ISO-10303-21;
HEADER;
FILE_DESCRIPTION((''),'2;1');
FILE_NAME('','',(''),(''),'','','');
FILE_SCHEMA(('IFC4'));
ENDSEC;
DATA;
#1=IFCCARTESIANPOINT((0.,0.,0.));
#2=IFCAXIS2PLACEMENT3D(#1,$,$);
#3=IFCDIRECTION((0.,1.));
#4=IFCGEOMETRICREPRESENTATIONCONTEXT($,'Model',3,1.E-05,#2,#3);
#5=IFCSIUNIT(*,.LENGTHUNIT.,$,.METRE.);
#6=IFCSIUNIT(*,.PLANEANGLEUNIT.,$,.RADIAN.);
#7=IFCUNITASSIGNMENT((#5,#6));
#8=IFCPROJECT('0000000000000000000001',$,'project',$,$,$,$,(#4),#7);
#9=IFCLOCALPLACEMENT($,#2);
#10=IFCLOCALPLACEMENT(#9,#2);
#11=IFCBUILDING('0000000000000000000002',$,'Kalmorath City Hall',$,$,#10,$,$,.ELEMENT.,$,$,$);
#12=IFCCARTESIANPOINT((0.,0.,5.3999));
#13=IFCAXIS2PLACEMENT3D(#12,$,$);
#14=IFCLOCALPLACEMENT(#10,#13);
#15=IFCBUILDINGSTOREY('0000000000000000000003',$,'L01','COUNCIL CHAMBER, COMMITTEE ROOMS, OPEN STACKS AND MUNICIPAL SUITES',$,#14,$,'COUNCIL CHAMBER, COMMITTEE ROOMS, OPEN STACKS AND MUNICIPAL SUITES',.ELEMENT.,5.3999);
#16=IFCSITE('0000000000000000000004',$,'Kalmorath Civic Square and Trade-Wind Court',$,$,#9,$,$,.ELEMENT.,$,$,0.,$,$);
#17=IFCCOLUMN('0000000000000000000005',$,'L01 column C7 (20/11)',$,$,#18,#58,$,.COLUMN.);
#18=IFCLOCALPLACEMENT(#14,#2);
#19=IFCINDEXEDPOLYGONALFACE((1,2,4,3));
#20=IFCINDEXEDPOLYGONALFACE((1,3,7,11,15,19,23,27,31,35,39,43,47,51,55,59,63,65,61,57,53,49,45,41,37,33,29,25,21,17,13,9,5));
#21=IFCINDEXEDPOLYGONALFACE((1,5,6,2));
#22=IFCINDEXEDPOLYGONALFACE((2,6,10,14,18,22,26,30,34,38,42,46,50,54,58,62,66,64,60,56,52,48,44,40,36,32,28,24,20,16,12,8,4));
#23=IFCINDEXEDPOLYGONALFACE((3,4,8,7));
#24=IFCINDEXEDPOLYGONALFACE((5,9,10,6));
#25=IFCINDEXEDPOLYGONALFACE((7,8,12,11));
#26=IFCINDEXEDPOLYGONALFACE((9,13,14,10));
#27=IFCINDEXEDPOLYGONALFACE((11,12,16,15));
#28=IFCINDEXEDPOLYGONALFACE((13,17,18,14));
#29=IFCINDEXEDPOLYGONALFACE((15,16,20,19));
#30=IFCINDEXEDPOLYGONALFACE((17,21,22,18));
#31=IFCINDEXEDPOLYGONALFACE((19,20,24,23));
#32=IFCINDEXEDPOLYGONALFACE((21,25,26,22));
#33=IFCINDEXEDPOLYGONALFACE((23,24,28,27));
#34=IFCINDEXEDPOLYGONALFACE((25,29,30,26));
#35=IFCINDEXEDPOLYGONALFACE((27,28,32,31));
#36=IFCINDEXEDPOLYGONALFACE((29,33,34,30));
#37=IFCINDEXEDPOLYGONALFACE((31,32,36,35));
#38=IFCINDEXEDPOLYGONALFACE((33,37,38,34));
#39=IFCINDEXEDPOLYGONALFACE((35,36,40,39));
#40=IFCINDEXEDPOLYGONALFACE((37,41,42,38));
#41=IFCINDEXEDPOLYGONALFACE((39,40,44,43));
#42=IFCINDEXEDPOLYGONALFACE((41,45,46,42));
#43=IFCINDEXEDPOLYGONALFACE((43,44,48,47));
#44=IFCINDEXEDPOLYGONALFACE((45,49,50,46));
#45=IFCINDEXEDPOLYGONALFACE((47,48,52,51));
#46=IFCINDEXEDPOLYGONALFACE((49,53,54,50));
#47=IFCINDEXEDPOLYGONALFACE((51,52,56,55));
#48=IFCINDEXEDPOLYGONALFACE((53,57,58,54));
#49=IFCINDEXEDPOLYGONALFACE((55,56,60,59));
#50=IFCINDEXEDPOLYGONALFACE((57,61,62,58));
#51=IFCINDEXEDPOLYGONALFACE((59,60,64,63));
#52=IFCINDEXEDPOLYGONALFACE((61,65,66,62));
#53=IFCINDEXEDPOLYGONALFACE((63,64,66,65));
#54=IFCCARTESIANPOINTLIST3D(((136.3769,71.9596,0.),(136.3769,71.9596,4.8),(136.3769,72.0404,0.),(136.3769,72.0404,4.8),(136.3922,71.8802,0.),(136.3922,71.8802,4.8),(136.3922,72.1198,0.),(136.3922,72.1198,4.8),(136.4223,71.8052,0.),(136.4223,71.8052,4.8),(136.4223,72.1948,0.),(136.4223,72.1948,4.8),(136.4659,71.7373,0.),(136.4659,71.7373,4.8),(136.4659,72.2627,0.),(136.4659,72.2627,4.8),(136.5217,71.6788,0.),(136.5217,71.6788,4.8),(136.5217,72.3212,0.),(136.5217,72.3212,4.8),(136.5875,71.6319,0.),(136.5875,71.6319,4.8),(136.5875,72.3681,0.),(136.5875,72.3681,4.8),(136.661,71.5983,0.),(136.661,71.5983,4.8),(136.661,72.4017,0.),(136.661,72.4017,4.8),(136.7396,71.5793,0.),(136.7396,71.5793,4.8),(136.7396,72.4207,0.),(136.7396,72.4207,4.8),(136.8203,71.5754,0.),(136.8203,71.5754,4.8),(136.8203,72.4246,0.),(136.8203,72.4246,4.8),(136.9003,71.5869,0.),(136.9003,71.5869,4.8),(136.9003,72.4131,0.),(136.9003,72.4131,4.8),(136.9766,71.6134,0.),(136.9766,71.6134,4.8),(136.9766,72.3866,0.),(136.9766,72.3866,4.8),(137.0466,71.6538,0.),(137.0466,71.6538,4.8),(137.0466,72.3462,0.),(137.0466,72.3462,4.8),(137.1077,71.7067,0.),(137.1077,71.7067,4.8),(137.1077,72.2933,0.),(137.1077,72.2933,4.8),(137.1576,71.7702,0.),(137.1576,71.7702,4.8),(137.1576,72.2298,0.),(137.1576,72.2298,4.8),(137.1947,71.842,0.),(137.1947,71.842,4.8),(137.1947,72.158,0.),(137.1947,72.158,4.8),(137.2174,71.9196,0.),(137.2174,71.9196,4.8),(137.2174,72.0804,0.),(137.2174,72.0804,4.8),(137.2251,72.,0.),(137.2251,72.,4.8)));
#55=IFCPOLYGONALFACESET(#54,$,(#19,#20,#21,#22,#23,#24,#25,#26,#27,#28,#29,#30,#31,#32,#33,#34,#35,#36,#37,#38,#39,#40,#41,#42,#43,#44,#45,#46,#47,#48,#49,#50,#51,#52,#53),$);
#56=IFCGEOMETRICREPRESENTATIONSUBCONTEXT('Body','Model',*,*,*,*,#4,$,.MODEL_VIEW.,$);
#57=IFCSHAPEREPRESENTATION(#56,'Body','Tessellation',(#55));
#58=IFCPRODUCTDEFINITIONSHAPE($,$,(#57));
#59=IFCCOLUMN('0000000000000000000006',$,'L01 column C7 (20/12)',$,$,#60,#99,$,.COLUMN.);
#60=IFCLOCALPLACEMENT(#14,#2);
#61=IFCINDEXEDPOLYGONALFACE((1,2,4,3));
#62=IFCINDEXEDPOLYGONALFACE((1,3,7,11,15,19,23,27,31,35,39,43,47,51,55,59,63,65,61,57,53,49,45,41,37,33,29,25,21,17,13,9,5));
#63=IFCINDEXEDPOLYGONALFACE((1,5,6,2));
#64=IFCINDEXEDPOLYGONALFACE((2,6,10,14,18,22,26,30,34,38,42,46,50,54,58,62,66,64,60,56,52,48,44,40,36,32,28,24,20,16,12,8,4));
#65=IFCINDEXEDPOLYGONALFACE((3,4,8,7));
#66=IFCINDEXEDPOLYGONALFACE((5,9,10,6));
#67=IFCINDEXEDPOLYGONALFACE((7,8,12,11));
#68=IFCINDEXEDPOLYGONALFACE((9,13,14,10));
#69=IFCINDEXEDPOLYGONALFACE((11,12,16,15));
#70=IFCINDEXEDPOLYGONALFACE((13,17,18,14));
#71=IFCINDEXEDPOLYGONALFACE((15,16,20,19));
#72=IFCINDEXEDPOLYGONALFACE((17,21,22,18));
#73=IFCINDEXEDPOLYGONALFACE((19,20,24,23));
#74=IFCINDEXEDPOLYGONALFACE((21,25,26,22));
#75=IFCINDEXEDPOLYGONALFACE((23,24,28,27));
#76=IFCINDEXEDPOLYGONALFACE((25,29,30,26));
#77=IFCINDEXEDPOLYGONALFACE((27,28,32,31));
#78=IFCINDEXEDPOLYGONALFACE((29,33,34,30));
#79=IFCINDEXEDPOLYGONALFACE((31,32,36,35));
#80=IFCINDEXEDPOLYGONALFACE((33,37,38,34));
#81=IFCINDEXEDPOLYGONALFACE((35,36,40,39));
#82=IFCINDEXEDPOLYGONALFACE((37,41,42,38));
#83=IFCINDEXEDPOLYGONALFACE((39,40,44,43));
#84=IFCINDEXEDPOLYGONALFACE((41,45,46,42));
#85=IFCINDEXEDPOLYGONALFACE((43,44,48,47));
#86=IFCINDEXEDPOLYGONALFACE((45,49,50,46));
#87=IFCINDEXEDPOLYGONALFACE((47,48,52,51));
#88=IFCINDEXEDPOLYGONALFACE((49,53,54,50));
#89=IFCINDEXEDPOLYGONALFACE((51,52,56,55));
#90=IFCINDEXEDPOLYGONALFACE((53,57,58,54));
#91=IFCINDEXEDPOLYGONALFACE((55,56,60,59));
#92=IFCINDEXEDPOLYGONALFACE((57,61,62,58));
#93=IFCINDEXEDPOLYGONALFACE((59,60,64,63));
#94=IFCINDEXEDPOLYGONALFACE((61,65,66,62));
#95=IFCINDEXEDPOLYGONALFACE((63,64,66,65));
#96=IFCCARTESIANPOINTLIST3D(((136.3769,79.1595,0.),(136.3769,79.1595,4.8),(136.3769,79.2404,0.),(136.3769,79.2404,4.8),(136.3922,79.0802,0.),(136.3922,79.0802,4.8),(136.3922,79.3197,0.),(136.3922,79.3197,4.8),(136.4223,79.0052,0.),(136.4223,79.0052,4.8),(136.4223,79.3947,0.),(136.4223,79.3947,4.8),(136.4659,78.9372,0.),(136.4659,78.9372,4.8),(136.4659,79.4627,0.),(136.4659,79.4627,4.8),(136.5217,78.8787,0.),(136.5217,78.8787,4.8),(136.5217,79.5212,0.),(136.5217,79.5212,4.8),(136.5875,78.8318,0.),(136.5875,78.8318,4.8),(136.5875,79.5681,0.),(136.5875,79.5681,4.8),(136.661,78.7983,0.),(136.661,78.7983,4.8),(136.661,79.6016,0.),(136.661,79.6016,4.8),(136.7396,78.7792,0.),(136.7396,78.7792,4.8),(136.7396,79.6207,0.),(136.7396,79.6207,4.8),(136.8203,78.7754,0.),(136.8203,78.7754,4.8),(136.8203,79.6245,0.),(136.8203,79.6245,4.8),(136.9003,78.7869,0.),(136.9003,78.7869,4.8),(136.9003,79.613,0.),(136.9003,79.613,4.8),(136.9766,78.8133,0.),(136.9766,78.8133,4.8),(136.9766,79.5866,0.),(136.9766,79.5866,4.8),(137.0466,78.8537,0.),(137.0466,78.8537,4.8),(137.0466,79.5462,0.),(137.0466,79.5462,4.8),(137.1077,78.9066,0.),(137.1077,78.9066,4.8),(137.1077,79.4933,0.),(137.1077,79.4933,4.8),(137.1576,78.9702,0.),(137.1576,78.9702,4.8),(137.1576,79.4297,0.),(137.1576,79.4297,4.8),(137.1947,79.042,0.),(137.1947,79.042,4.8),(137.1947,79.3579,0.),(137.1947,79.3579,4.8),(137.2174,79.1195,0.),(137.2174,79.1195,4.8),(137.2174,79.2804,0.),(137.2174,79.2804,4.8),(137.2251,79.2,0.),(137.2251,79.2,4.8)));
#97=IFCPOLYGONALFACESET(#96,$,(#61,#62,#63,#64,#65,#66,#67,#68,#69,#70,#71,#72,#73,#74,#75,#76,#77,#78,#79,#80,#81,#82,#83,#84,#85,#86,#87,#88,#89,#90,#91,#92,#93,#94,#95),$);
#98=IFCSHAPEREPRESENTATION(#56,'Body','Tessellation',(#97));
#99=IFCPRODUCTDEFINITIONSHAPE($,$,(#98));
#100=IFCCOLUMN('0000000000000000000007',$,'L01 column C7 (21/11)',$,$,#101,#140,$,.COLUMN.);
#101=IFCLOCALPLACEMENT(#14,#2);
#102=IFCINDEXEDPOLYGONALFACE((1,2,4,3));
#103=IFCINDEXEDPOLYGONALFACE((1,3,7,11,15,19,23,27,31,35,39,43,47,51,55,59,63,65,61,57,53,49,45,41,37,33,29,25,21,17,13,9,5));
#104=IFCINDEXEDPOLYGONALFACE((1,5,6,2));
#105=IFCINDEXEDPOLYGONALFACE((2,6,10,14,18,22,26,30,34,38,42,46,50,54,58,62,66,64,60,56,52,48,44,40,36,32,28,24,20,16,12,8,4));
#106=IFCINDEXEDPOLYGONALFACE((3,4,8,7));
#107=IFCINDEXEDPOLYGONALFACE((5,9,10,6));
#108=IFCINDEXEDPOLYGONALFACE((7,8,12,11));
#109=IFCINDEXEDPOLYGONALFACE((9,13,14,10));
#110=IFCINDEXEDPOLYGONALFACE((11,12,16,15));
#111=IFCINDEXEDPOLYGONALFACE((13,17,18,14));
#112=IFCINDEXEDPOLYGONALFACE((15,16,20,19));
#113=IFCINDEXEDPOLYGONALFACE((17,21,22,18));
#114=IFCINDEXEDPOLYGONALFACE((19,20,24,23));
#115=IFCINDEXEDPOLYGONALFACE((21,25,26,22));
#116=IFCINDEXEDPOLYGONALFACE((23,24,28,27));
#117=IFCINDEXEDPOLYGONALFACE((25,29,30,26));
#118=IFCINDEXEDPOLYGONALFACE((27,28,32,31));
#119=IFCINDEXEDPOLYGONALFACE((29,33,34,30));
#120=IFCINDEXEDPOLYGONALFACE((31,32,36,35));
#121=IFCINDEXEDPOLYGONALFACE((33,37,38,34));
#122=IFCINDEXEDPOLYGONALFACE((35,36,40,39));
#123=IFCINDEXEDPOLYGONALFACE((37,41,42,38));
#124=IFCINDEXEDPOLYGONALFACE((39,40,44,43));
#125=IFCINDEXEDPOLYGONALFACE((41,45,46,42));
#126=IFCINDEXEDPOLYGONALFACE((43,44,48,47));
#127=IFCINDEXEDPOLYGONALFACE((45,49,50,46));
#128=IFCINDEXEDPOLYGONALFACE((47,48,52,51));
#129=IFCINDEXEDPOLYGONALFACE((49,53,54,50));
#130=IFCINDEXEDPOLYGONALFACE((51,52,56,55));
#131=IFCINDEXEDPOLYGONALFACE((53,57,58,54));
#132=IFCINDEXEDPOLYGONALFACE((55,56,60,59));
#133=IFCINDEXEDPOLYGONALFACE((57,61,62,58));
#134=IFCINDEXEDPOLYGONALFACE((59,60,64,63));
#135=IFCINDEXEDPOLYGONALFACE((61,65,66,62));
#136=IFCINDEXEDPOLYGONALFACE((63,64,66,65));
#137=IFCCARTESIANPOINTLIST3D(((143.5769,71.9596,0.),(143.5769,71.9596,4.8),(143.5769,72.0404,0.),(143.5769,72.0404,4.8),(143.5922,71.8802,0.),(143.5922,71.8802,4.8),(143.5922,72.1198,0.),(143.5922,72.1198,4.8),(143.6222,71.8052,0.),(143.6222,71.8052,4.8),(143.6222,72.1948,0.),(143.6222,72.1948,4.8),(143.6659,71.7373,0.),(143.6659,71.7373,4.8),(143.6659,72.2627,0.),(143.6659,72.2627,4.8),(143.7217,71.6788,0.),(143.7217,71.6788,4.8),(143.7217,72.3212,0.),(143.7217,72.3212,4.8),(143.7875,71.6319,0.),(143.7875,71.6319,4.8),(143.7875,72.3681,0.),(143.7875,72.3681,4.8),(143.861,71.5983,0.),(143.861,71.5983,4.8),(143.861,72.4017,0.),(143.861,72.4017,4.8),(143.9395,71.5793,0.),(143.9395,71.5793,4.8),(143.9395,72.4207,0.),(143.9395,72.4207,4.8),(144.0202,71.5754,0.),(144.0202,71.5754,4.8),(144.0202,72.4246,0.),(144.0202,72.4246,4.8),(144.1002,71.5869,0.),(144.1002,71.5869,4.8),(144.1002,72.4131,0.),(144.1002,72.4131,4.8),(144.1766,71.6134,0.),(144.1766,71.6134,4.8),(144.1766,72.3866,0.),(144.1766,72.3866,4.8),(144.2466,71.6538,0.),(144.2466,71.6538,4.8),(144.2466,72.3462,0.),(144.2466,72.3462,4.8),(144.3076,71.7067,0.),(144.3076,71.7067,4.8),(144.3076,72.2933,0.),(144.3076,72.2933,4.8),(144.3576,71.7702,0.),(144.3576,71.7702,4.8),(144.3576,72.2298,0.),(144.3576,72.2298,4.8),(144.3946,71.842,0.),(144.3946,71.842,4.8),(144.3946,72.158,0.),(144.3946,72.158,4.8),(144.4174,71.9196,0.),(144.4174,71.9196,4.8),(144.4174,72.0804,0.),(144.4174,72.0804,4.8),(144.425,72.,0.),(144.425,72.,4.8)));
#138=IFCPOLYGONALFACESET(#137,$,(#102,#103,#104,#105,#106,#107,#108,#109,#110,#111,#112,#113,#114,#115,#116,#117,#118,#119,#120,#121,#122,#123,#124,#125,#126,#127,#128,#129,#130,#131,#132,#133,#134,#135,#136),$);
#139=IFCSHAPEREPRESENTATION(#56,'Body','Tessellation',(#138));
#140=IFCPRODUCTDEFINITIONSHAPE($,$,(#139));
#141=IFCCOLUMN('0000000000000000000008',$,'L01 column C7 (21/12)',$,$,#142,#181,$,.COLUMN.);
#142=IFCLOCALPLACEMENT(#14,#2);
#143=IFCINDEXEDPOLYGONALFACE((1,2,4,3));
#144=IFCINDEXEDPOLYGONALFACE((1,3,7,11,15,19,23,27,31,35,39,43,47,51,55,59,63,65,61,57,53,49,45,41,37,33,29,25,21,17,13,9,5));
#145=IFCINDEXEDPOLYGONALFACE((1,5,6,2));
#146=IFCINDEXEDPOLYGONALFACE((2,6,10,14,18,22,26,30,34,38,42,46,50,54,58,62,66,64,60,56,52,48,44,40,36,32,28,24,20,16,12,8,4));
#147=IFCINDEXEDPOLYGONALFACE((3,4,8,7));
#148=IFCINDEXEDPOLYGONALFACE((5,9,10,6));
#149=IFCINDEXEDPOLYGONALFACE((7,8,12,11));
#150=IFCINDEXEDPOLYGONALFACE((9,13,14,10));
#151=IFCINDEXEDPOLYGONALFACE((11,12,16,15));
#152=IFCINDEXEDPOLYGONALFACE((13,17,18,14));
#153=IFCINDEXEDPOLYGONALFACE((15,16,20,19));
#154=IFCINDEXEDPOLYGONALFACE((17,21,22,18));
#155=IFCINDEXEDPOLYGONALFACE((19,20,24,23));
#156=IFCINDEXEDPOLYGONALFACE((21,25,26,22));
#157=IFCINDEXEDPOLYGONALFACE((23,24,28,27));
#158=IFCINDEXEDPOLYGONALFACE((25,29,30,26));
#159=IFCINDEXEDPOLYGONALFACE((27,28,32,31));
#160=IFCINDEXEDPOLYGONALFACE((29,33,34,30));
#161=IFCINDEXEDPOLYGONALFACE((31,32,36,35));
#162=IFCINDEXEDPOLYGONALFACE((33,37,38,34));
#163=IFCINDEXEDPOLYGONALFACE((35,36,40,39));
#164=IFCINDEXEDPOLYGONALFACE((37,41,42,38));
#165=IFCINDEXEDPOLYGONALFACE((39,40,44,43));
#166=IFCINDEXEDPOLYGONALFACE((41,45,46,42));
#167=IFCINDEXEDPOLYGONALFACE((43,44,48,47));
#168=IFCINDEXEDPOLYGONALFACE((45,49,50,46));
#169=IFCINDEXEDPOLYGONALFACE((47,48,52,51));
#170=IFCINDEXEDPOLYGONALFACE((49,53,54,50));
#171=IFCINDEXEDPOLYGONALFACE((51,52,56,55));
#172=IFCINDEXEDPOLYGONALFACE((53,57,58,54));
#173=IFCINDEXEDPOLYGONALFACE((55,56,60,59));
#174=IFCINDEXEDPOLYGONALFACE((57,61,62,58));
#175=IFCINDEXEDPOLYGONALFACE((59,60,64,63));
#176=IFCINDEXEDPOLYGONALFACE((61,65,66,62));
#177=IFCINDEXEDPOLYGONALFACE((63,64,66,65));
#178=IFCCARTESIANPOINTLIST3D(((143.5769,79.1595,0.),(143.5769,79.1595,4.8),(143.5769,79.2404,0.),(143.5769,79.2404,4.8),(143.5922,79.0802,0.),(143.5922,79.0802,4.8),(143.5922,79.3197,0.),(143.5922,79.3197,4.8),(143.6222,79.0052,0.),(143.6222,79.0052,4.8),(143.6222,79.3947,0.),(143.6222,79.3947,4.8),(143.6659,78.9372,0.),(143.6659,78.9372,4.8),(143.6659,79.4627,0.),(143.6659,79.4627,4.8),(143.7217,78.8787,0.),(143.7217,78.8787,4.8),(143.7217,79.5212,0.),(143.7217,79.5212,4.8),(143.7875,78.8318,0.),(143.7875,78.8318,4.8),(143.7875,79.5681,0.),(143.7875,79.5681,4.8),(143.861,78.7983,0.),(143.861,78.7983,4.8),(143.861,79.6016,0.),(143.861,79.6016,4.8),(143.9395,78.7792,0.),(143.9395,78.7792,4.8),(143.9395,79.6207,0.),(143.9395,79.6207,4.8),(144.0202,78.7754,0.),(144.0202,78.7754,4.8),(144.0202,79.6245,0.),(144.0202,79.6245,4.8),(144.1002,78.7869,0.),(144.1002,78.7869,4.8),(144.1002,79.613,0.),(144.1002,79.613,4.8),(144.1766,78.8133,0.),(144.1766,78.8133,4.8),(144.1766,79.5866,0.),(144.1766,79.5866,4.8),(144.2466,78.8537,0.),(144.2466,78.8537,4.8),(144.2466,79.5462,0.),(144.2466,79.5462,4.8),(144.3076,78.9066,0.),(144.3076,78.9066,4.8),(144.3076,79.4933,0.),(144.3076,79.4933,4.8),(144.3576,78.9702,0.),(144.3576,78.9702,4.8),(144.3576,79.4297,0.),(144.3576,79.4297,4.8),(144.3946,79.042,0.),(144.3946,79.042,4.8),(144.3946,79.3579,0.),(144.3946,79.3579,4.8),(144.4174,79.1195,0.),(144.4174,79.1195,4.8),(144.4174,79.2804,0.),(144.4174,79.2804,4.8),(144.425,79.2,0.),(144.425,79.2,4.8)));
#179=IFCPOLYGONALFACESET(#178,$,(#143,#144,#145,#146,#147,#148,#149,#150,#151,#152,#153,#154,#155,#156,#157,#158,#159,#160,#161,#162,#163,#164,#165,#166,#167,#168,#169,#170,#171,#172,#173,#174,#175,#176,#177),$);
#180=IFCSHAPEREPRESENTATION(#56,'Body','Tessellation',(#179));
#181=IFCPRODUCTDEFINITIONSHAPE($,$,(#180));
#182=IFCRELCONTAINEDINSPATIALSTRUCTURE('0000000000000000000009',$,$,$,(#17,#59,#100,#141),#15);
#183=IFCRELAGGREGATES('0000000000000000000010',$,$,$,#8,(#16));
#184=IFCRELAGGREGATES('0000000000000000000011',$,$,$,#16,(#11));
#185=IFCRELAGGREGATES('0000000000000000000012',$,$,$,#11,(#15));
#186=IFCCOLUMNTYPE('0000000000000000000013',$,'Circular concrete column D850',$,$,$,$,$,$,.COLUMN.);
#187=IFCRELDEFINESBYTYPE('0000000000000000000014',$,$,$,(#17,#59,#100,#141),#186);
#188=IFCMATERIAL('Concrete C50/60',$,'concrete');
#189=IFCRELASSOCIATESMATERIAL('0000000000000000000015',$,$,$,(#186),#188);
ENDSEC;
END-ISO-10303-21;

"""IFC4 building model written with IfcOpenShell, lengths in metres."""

from ifc_helpers import new_model, si_unit, direction, frame, origin, origin_2d, place, context, subcontext, project, spatial, circle, extrude, material, material_profile, profile_set, type_object, element, save


model = new_model("IFC4")

# Units and contexts
model_context = context("Model", 3, precision=1e-05, world=origin(), true_north=direction((0.0, 1.0)))
body_context = subcontext(model_context, "Body", "Model", "MODEL_VIEW")
ifc_project = project(units=[si_unit("LENGTHUNIT", "METRE"), si_unit("PLANEANGLEUNIT", "RADIAN")], contexts=[model_context])

# Site, building, storey
site_placement = place(None, origin())
site = spatial("IfcSite", under=ifc_project, at=site_placement, Name="Kalmorath Civic Square and Trade-Wind Court", CompositionType="ELEMENT", RefElevation=0.0)
building_placement = place(site_placement, origin())
building = spatial("IfcBuilding", under=site, at=building_placement, Name="Kalmorath City Hall", CompositionType="ELEMENT")
storey_placement = place(building_placement, frame((0.0, 0.0, 5.3999)))
storey = spatial("IfcBuildingStorey", under=building, at=storey_placement, Name="L01", Description="COUNCIL CHAMBER, COMMITTEE ROOMS, OPEN STACKS AND MUNICIPAL SUITES", LongName="COUNCIL CHAMBER, COMMITTEE ROOMS, OPEN STACKS AND MUNICIPAL SUITES", CompositionType="ELEMENT", Elevation=5.3999)

# Columns
ifc_material_1 = material(Name="Concrete C50/60", Category="concrete")
ifc_material_profile_1 = material_profile(ifc_material_1, circle(Radius=0.425, at=origin_2d()), Name="RC-COL-D850")
ifc_profile_set_1 = profile_set([ifc_material_profile_1], Name="Concrete C50/60")
column_type = type_object("IfcColumnType", Name="Circular concrete column D850", PredefinedType="COLUMN", material=ifc_profile_set_1)
for number, where, z_axis, x_axis, name in (
    (1, (136.8, 72.0, 0.0), (0.0, 0.0, 1.0), (1.0, 0.0, 0.0), "L01 column C7 (20/11)"),
    (2, (136.8, 79.2, 0.0), (0.0, 0.0, 1.0), (1.0, 0.0, 0.0), "L01 column C7 (20/12)"),
    (3, (144.0, 72.0, 0.0), (0.0, 0.0, 1.0), (1.0, 0.0, 0.0), "L01 column C7 (21/11)"),
    (4, (144.0, 79.2, 0.0), (0.0, 0.0, 1.0), (1.0, 0.0, 0.0), "L01 column C7 (21/12)"),
):
    element("IfcColumn", number, at=place(storey_placement, frame(where, z_axis=z_axis, x_axis=x_axis)), inside=storey, type_object=column_type, Name=name, PredefinedType="COLUMN", context=body_context, shape_type="SweptSolid", body=[
        extrude(circle(Radius=0.425, at=origin_2d()), origin(), (0.0, 0.0, 1.0), 4.8),
    ])

save(model, "model.ifc")
